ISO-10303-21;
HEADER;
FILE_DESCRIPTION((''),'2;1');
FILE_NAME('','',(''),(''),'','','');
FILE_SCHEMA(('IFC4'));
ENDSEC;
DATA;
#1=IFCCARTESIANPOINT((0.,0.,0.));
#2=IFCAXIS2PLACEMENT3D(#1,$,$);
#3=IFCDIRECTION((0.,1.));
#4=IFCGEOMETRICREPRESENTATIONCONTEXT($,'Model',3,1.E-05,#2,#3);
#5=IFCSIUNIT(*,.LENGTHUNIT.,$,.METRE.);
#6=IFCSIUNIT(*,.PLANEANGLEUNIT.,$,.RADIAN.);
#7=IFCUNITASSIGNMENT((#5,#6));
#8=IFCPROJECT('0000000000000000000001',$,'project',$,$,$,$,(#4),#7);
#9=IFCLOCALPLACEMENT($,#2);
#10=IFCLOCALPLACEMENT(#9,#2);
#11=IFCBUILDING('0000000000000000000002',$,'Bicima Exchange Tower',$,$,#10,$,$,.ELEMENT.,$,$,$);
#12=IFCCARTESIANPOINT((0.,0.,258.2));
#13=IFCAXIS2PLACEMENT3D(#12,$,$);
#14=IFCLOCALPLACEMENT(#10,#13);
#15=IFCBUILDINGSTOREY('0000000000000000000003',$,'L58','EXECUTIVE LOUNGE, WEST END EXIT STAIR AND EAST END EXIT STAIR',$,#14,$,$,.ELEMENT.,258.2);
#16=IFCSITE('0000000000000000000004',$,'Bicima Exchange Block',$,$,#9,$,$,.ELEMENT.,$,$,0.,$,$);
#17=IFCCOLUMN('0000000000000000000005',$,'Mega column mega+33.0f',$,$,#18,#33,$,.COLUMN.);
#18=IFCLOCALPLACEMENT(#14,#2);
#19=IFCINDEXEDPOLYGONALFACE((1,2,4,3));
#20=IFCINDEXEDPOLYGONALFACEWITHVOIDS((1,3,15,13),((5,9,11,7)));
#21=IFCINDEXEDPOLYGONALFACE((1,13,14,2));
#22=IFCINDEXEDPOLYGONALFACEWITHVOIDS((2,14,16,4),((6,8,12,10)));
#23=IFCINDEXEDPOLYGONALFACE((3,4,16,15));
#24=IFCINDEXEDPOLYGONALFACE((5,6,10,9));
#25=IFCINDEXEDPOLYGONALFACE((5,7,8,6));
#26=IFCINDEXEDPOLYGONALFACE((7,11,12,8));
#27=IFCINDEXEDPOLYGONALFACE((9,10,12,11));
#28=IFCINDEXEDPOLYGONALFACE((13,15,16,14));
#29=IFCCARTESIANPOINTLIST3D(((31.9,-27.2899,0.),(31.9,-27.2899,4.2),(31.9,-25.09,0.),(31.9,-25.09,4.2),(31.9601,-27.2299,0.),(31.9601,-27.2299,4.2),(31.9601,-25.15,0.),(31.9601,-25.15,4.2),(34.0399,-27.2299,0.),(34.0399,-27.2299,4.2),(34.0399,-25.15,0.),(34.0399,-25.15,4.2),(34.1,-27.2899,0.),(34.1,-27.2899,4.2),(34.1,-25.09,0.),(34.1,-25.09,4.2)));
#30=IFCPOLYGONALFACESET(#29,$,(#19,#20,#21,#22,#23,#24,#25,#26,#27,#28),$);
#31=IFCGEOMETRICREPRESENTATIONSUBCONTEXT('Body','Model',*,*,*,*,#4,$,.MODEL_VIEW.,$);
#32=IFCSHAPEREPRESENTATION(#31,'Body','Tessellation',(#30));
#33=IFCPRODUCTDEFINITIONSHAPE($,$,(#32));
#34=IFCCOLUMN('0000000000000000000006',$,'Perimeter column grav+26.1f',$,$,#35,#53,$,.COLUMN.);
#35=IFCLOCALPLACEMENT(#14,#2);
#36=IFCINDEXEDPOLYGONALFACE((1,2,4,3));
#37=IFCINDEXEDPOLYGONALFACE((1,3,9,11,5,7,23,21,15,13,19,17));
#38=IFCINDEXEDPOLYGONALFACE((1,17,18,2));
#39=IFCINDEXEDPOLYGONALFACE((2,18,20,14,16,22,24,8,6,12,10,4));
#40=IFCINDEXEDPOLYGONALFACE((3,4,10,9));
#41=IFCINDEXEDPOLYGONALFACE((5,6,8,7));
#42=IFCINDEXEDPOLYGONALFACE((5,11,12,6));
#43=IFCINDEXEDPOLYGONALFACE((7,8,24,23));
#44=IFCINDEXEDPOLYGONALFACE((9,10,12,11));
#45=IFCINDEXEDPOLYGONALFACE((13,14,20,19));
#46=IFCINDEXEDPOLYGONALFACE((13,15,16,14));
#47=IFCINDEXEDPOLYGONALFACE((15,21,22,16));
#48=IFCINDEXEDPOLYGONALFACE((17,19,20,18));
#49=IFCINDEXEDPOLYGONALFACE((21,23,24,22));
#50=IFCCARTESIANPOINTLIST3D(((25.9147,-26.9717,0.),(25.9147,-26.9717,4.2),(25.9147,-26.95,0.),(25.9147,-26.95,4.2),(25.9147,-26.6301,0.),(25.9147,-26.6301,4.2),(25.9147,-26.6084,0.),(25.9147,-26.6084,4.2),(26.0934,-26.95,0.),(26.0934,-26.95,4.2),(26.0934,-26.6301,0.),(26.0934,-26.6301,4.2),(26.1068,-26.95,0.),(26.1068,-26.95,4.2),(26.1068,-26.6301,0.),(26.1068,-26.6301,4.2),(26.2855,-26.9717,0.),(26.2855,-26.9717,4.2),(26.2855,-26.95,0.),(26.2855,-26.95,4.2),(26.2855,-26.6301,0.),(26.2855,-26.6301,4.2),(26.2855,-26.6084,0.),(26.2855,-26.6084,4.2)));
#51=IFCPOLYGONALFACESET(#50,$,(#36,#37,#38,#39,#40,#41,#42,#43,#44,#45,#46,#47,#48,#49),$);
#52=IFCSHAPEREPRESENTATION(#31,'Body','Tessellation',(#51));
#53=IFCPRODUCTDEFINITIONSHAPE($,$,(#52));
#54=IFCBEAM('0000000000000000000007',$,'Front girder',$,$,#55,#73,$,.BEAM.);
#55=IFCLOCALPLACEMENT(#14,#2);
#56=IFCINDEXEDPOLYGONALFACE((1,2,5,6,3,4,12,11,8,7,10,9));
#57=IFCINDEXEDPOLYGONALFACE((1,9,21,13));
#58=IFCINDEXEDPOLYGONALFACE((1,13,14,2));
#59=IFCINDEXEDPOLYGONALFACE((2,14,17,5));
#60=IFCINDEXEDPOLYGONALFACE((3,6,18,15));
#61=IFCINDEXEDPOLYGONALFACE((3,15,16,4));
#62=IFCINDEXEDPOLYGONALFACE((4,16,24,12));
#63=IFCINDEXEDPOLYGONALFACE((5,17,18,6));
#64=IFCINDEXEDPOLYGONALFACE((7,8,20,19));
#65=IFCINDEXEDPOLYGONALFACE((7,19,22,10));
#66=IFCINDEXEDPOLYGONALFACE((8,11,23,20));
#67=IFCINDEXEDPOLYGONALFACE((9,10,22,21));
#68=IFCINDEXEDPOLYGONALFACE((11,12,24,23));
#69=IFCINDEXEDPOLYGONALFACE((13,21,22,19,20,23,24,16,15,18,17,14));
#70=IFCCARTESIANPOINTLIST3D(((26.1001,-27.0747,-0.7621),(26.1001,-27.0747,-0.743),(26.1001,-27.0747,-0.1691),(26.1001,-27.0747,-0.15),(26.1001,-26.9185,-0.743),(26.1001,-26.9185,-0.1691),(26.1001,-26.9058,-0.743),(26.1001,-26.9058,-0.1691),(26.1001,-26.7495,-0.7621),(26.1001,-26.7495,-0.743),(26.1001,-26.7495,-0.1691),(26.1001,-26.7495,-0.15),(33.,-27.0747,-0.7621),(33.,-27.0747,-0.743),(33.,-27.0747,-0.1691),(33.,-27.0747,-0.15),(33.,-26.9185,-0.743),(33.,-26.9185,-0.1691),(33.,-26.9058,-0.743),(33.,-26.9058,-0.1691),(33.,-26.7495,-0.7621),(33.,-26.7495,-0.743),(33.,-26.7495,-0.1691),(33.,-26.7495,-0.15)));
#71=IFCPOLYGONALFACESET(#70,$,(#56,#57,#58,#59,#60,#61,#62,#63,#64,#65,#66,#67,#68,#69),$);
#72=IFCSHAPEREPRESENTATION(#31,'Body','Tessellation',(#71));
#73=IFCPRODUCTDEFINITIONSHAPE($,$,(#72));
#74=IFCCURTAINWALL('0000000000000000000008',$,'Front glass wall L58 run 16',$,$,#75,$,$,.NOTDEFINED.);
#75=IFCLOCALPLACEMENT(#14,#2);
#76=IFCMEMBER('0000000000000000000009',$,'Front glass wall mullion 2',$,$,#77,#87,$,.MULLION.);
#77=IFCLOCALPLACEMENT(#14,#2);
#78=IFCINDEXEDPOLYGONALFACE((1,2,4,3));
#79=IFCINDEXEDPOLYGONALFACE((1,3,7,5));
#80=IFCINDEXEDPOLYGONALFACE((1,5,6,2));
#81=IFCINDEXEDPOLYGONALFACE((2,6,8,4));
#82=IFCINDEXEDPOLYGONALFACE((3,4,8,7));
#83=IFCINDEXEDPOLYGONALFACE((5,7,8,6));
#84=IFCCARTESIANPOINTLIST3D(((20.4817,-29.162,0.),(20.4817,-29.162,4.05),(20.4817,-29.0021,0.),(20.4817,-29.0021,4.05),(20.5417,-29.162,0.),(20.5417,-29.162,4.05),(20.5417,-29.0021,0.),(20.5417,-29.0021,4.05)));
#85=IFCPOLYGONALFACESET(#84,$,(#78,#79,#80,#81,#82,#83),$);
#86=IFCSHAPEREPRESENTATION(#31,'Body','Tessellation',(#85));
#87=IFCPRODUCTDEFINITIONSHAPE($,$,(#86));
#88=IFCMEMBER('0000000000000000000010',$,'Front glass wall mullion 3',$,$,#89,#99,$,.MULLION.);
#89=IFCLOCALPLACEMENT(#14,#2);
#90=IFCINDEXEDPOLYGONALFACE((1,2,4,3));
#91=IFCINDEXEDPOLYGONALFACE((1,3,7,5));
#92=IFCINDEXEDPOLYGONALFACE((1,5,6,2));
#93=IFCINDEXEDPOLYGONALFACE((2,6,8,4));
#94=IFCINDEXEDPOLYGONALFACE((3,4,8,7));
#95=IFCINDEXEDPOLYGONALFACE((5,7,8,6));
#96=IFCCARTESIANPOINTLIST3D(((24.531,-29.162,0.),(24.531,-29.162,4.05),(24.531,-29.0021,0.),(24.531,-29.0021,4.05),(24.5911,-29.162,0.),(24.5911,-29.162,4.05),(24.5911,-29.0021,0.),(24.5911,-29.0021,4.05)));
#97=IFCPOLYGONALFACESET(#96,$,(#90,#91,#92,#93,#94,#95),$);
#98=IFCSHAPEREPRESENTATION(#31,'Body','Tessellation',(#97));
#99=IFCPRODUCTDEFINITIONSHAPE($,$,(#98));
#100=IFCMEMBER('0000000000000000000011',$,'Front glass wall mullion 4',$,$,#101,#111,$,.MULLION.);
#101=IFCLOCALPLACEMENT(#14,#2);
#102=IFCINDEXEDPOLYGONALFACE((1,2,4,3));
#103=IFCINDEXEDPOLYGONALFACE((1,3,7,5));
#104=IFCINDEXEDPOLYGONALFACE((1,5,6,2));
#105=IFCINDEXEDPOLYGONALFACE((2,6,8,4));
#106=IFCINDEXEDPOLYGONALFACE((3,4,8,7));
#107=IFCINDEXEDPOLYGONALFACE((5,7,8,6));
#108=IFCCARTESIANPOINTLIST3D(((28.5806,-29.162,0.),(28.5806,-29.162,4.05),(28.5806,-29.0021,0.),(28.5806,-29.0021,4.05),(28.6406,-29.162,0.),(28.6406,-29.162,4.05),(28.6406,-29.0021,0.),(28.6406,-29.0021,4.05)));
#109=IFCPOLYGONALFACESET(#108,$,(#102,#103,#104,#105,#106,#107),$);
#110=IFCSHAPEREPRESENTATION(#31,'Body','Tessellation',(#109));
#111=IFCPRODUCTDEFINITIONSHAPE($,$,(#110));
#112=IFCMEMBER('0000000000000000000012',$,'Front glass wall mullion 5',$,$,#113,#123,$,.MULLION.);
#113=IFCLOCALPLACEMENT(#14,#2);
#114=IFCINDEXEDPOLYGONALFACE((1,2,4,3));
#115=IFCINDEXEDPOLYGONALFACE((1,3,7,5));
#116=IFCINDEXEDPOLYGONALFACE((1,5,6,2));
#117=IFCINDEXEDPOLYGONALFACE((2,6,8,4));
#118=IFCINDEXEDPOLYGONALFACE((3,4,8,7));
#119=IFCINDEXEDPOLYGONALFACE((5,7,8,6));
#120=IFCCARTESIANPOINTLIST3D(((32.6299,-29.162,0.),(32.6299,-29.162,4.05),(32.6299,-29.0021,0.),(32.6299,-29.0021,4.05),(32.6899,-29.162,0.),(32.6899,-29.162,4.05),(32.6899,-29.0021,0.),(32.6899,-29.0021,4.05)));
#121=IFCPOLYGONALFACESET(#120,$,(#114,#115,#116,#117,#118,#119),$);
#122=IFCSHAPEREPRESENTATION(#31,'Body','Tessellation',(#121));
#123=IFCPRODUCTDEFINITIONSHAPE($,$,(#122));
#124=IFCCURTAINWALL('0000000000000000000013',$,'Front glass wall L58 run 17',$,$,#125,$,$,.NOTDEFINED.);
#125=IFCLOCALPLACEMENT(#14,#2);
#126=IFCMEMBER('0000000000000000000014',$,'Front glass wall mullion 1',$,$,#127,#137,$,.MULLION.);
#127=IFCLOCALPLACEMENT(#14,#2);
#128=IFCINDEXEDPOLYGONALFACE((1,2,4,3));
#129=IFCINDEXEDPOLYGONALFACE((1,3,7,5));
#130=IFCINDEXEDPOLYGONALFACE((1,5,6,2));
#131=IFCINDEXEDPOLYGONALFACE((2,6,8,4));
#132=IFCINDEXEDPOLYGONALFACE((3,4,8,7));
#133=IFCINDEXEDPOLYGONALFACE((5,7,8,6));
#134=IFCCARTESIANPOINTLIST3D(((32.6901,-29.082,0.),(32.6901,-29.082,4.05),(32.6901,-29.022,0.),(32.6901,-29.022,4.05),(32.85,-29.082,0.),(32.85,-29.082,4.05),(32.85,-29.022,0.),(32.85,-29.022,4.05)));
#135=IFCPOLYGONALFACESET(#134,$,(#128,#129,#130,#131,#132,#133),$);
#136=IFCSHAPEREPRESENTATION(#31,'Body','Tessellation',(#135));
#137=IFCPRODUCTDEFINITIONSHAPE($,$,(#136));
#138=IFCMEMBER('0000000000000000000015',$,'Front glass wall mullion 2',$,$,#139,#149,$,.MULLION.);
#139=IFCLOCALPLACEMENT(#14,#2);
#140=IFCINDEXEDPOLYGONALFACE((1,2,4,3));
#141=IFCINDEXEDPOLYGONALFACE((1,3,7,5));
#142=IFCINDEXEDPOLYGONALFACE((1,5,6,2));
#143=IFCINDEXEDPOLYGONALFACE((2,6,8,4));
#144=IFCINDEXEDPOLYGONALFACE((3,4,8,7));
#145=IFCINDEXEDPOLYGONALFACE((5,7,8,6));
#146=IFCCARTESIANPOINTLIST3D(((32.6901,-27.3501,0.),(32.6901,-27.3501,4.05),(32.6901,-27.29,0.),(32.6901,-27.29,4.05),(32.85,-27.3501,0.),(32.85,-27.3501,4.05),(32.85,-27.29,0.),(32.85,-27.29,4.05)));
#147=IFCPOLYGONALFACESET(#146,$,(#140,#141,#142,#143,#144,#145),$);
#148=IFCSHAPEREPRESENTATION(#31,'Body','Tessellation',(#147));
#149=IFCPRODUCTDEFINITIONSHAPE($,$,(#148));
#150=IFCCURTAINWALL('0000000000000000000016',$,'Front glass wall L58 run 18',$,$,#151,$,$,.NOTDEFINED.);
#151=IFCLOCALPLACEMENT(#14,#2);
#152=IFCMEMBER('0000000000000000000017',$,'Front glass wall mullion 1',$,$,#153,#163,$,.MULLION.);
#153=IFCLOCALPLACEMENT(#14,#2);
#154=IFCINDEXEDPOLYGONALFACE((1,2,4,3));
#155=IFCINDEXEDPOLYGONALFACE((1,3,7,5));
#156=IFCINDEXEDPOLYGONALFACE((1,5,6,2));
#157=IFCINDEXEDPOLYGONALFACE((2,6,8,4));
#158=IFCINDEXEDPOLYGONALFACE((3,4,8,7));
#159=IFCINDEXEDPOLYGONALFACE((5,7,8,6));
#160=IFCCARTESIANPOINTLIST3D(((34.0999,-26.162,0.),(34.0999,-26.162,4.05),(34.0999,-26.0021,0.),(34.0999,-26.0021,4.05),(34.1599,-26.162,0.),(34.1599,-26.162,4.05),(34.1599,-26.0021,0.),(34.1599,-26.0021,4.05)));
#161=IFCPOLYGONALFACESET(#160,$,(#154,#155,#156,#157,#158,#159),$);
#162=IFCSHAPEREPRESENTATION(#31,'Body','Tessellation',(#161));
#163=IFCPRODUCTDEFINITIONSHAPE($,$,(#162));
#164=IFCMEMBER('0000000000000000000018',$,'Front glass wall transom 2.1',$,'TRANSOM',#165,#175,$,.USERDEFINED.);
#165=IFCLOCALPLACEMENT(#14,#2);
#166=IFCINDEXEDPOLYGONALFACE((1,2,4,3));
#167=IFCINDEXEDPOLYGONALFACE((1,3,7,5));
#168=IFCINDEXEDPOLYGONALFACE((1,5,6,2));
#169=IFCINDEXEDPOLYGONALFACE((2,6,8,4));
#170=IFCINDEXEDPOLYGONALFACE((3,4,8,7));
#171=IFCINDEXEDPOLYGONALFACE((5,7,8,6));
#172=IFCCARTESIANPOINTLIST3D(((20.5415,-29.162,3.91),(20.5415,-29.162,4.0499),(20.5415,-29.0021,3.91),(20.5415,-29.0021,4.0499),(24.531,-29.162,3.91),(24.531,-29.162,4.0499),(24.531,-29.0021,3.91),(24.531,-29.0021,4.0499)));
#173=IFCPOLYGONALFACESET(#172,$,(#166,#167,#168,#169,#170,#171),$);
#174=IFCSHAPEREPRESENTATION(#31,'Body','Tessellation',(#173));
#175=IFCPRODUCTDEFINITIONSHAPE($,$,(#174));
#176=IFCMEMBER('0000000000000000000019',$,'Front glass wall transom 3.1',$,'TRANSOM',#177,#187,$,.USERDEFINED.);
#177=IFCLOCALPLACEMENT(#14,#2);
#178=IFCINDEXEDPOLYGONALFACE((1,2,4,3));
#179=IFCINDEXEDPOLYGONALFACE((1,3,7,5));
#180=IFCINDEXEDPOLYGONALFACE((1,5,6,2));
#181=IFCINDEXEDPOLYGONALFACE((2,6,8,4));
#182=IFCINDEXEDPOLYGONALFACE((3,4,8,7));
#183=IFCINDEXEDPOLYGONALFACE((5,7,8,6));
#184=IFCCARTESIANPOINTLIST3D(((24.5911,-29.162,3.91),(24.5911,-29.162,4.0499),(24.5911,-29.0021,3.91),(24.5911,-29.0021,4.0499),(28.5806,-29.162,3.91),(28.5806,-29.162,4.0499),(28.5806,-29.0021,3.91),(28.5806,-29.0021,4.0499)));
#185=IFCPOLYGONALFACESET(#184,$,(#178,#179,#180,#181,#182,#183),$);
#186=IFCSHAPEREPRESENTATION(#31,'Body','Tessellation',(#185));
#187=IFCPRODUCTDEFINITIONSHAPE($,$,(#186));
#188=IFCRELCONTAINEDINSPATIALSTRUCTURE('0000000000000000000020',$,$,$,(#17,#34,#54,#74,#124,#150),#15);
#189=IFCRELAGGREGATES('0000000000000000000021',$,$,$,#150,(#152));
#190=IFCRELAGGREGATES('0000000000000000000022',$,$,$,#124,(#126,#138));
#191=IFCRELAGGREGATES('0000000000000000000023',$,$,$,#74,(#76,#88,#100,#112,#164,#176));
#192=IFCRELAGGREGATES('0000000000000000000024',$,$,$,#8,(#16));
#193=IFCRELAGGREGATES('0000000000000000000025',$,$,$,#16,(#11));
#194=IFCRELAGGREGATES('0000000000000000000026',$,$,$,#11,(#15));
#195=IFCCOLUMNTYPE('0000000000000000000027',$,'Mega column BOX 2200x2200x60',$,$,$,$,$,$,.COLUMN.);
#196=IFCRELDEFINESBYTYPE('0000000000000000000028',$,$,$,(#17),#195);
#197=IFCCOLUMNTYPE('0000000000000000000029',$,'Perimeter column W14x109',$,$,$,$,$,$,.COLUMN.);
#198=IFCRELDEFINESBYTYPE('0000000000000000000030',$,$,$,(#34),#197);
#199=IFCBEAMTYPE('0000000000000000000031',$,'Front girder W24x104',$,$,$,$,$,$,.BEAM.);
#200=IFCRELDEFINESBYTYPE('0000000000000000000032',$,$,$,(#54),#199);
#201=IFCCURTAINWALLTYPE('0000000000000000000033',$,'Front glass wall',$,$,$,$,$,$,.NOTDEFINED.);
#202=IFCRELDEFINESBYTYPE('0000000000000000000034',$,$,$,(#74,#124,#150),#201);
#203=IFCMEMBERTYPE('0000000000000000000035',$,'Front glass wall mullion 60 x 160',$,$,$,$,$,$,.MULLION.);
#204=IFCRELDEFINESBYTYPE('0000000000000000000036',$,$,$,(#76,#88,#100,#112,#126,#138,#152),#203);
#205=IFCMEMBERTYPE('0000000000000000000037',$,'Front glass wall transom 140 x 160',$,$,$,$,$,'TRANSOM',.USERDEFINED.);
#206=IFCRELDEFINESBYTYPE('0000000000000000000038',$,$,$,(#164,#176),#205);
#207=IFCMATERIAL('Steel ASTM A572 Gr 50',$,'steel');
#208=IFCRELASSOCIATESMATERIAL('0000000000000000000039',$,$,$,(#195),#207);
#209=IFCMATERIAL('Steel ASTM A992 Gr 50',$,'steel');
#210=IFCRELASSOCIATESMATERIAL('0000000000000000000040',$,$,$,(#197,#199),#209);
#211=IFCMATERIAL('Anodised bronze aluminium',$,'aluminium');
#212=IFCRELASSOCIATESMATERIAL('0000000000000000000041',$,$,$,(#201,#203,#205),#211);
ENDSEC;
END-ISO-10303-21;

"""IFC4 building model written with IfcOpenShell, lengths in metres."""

from ifc_helpers import new_model, si_unit, direction, frame, origin, origin_2d, place, context, subcontext, project, spatial, rectangle, hollow_rectangle, i_section, extrude, material, material_profile, profile_set, type_object, element, aggregate, save


model = new_model("IFC4")

# Units and contexts
model_context = context("Model", 3, precision=1e-05, world=origin(), true_north=direction((0.0, 1.0)))
body_context = subcontext(model_context, "Body", "Model", "MODEL_VIEW")
ifc_project = project(units=[si_unit("LENGTHUNIT", "METRE"), si_unit("PLANEANGLEUNIT", "RADIAN")], contexts=[model_context])

# Site, building, storey
site_placement = place(None, origin())
site = spatial("IfcSite", under=ifc_project, at=site_placement, Name="Bicima Exchange Block", CompositionType="ELEMENT", RefElevation=0.0)
building_placement = place(site_placement, origin())
building = spatial("IfcBuilding", under=site, at=building_placement, Name="Bicima Exchange Tower", CompositionType="ELEMENT")
storey_placement = place(building_placement, frame((0.0, 0.0, 258.2)))
storey = spatial("IfcBuildingStorey", under=building, at=storey_placement, Name="L58", Description="EXECUTIVE LOUNGE, WEST END EXIT STAIR AND EAST END EXIT STAIR", CompositionType="ELEMENT", Elevation=258.2)

# Columns
ifc_material_1 = material(Name="Steel ASTM A572 Gr 50", Category="steel")
ifc_material_profile_1 = material_profile(ifc_material_1, hollow_rectangle(XDim=2.2, YDim=2.2, WallThickness=0.0601, at=origin_2d()))
ifc_profile_set_1 = profile_set([ifc_material_profile_1], Name="Steel ASTM A572 Gr 50")
column_type_1 = type_object("IfcColumnType", Name="Mega column BOX 2200x2200x60", PredefinedType="COLUMN", material=ifc_profile_set_1)
column_1_placement = place(storey_placement, frame((33.0, -26.1899, 0.0), z_axis=(0.0, 0.0, 1.0), x_axis=(1.0, 0.0, 0.0)))
element("IfcColumn", 1, at=column_1_placement, inside=storey, type_object=column_type_1, Name="Mega column mega+33.0f", PredefinedType="COLUMN", context=body_context, shape_type="SweptSolid", body=[
    extrude(hollow_rectangle(XDim=2.2, YDim=2.2, WallThickness=0.0601, at=origin_2d()), origin(), (0.0, 0.0, 1.0), 4.2),
])
ifc_material_2 = material(Name="Steel ASTM A992 Gr 50", Category="steel")
ifc_material_profile_2 = material_profile(ifc_material_2, i_section(OverallWidth=0.3708, OverallDepth=0.3633, WebThickness=0.0134, FlangeThickness=0.0217, at=origin_2d()))
ifc_profile_set_2 = profile_set([ifc_material_profile_2], Name="Steel ASTM A992 Gr 50")
column_type_2 = type_object("IfcColumnType", Name="Perimeter column W14x109", PredefinedType="COLUMN", material=ifc_profile_set_2)
column_2_placement = place(storey_placement, frame((26.1001, -26.79, 0.0), z_axis=(0.0, 0.0, 1.0), x_axis=(1.0, 0.0, 0.0)))
element("IfcColumn", 2, at=column_2_placement, inside=storey, type_object=column_type_2, Name="Perimeter column grav+26.1f", PredefinedType="COLUMN", context=body_context, shape_type="SweptSolid", body=[
    extrude(i_section(OverallWidth=0.3708, OverallDepth=0.3633, WebThickness=0.0134, FlangeThickness=0.0217, at=origin_2d()), origin(), (0.0, 0.0, 1.0), 4.2),
])

# Beam
ifc_material_profile_3 = material_profile(ifc_material_2, i_section(OverallWidth=0.3252, OverallDepth=0.6121, WebThickness=0.0127, FlangeThickness=0.019, at=origin_2d()))
ifc_profile_set_3 = profile_set([ifc_material_profile_3], Name="Steel ASTM A992 Gr 50")
beam_type = type_object("IfcBeamType", Name="Front girder W24x104", PredefinedType="BEAM", material=ifc_profile_set_3)
beam_placement = place(storey_placement, frame((26.1001, -26.9121, -0.4561), z_axis=(1.0, 0.0, 0.0), x_axis=(0.0, 1.0, 0.0)))
element("IfcBeam", 3, at=beam_placement, inside=storey, type_object=beam_type, Name="Front girder", PredefinedType="BEAM", context=body_context, shape_type="SweptSolid", body=[
    extrude(i_section(OverallWidth=0.3252, OverallDepth=0.6121, WebThickness=0.0127, FlangeThickness=0.019, at=origin_2d()), origin(), (0.0, 0.0, 1.0), 6.8999),
])

# Curtain walls, members
ifc_material_3 = material(Name="Anodised bronze aluminium", Category="aluminium")
curtain_wall_type = type_object("IfcCurtainWallType", Name="Front glass wall", PredefinedType="NOTDEFINED", material=ifc_material_3)
curtain_wall_1_placement = place(storey_placement, origin())
curtain_wall_1 = element("IfcCurtainWall", 4, at=curtain_wall_1_placement, inside=storey, type_object=curtain_wall_type, Name="Front glass wall L58 run 16", PredefinedType="NOTDEFINED")
ifc_material_profile_4 = material_profile(ifc_material_3, rectangle(XDim=0.1599, YDim=0.0601, at=origin_2d()))
ifc_profile_set_4 = profile_set([ifc_material_profile_4], Name="Anodised bronze aluminium")
member_type_1 = type_object("IfcMemberType", Name="Front glass wall mullion 60 x 160", PredefinedType="MULLION", material=ifc_profile_set_4)
member_1_placement = place(storey_placement, frame((20.5117, -29.082, 0.0), z_axis=(0.0, 0.0, 1.0), x_axis=(0.0, 1.0, 0.0)))
member_1 = element("IfcMember", 5, at=member_1_placement, type_object=member_type_1, Name="Front glass wall mullion 2", PredefinedType="MULLION", context=body_context, shape_type="SweptSolid", body=[
    extrude(rectangle(XDim=0.1599, YDim=0.0601, at=origin_2d()), origin(), (0.0, 0.0, 1.0), 4.05),
])
member_2_placement = place(storey_placement, frame((24.561, -29.082, 0.0), z_axis=(0.0, 0.0, 1.0), x_axis=(0.0, 1.0, 0.0)))
member_2 = element("IfcMember", 6, at=member_2_placement, type_object=member_type_1, Name="Front glass wall mullion 3", PredefinedType="MULLION", context=body_context, shape_type="SweptSolid", body=[
    extrude(rectangle(XDim=0.1599, YDim=0.0601, at=origin_2d()), origin(), (0.0, 0.0, 1.0), 4.05),
])
member_3_placement = place(storey_placement, frame((28.6106, -29.082, 0.0), z_axis=(0.0, 0.0, 1.0), x_axis=(0.0, 1.0, 0.0)))
member_3 = element("IfcMember", 7, at=member_3_placement, type_object=member_type_1, Name="Front glass wall mullion 4", PredefinedType="MULLION", context=body_context, shape_type="SweptSolid", body=[
    extrude(rectangle(XDim=0.1599, YDim=0.0601, at=origin_2d()), origin(), (0.0, 0.0, 1.0), 4.05),
])
member_4_placement = place(storey_placement, frame((32.6599, -29.082, 0.0), z_axis=(0.0, 0.0, 1.0), x_axis=(0.0, 1.0, 0.0)))
member_4 = element("IfcMember", 8, at=member_4_placement, type_object=member_type_1, Name="Front glass wall mullion 5", PredefinedType="MULLION", context=body_context, shape_type="SweptSolid", body=[
    extrude(rectangle(XDim=0.1599, YDim=0.0601, at=origin_2d()), origin(), (0.0, 0.0, 1.0), 4.05),
])
curtain_wall_2_placement = place(storey_placement, origin())
curtain_wall_2 = element("IfcCurtainWall", 9, at=curtain_wall_2_placement, inside=storey, type_object=curtain_wall_type, Name="Front glass wall L58 run 17", PredefinedType="NOTDEFINED")
member_5_placement = place(storey_placement, frame((32.77, -29.052, 0.0), z_axis=(0.0, 0.0, 1.0), x_axis=(-1.0, 0.0, 0.0)))
member_5 = element("IfcMember", 10, at=member_5_placement, type_object=member_type_1, Name="Front glass wall mullion 1", PredefinedType="MULLION", context=body_context, shape_type="SweptSolid", body=[
    extrude(rectangle(XDim=0.1599, YDim=0.0601, at=origin_2d()), origin(), (0.0, 0.0, 1.0), 4.05),
])
member_6_placement = place(storey_placement, frame((32.77, -27.3201, 0.0), z_axis=(0.0, 0.0, 1.0), x_axis=(-1.0, 0.0, 0.0)))
member_6 = element("IfcMember", 11, at=member_6_placement, type_object=member_type_1, Name="Front glass wall mullion 2", PredefinedType="MULLION", context=body_context, shape_type="SweptSolid", body=[
    extrude(rectangle(XDim=0.1599, YDim=0.0601, at=origin_2d()), origin(), (0.0, 0.0, 1.0), 4.05),
])

# Curtain wall, member
curtain_wall_3_placement = place(storey_placement, origin())
curtain_wall_3 = element("IfcCurtainWall", 12, at=curtain_wall_3_placement, inside=storey, type_object=curtain_wall_type, Name="Front glass wall L58 run 18", PredefinedType="NOTDEFINED")
member_7_placement = place(storey_placement, frame((34.1299, -26.082, 0.0), z_axis=(0.0, 0.0, 1.0), x_axis=(0.0, 1.0, 0.0)))
member_7 = element("IfcMember", 13, at=member_7_placement, type_object=member_type_1, Name="Front glass wall mullion 1", PredefinedType="MULLION", context=body_context, shape_type="SweptSolid", body=[
    extrude(rectangle(XDim=0.1599, YDim=0.0601, at=origin_2d()), origin(), (0.0, 0.0, 1.0), 4.05),
])
aggregate(curtain_wall_3, [member_7])

# Members
ifc_material_profile_5 = material_profile(ifc_material_3, rectangle(XDim=0.1599, YDim=0.1399, at=origin_2d()))
ifc_profile_set_5 = profile_set([ifc_material_profile_5], Name="Anodised bronze aluminium")
member_type_2 = type_object("IfcMemberType", Name="Front glass wall transom 140 x 160", ElementType="TRANSOM", PredefinedType="USERDEFINED", material=ifc_profile_set_5)
member_8_placement = place(storey_placement, frame((20.5415, -29.082, 3.98), z_axis=(1.0, 0.0, 0.0), x_axis=(0.0, 1.0, 0.0)))
member_8 = element("IfcMember", 14, at=member_8_placement, type_object=member_type_2, Name="Front glass wall transom 2.1", ObjectType="TRANSOM", PredefinedType="USERDEFINED", context=body_context, shape_type="SweptSolid", body=[
    extrude(rectangle(XDim=0.1599, YDim=0.1399, at=origin_2d()), origin(), (0.0, 0.0, 1.0), 3.9895),
])
member_9_placement = place(storey_placement, frame((24.5911, -29.082, 3.98), z_axis=(1.0, 0.0, 0.0), x_axis=(0.0, 1.0, 0.0)))
member_9 = element("IfcMember", 15, at=member_9_placement, type_object=member_type_2, Name="Front glass wall transom 3.1", ObjectType="TRANSOM", PredefinedType="USERDEFINED", context=body_context, shape_type="SweptSolid", body=[
    extrude(rectangle(XDim=0.1599, YDim=0.1399, at=origin_2d()), origin(), (0.0, 0.0, 1.0), 3.9895),
])

aggregate(curtain_wall_2, [member_5, member_6])
aggregate(curtain_wall_1, [member_1, member_2, member_3, member_4, member_8, member_9])

save(model, "model.ifc")
